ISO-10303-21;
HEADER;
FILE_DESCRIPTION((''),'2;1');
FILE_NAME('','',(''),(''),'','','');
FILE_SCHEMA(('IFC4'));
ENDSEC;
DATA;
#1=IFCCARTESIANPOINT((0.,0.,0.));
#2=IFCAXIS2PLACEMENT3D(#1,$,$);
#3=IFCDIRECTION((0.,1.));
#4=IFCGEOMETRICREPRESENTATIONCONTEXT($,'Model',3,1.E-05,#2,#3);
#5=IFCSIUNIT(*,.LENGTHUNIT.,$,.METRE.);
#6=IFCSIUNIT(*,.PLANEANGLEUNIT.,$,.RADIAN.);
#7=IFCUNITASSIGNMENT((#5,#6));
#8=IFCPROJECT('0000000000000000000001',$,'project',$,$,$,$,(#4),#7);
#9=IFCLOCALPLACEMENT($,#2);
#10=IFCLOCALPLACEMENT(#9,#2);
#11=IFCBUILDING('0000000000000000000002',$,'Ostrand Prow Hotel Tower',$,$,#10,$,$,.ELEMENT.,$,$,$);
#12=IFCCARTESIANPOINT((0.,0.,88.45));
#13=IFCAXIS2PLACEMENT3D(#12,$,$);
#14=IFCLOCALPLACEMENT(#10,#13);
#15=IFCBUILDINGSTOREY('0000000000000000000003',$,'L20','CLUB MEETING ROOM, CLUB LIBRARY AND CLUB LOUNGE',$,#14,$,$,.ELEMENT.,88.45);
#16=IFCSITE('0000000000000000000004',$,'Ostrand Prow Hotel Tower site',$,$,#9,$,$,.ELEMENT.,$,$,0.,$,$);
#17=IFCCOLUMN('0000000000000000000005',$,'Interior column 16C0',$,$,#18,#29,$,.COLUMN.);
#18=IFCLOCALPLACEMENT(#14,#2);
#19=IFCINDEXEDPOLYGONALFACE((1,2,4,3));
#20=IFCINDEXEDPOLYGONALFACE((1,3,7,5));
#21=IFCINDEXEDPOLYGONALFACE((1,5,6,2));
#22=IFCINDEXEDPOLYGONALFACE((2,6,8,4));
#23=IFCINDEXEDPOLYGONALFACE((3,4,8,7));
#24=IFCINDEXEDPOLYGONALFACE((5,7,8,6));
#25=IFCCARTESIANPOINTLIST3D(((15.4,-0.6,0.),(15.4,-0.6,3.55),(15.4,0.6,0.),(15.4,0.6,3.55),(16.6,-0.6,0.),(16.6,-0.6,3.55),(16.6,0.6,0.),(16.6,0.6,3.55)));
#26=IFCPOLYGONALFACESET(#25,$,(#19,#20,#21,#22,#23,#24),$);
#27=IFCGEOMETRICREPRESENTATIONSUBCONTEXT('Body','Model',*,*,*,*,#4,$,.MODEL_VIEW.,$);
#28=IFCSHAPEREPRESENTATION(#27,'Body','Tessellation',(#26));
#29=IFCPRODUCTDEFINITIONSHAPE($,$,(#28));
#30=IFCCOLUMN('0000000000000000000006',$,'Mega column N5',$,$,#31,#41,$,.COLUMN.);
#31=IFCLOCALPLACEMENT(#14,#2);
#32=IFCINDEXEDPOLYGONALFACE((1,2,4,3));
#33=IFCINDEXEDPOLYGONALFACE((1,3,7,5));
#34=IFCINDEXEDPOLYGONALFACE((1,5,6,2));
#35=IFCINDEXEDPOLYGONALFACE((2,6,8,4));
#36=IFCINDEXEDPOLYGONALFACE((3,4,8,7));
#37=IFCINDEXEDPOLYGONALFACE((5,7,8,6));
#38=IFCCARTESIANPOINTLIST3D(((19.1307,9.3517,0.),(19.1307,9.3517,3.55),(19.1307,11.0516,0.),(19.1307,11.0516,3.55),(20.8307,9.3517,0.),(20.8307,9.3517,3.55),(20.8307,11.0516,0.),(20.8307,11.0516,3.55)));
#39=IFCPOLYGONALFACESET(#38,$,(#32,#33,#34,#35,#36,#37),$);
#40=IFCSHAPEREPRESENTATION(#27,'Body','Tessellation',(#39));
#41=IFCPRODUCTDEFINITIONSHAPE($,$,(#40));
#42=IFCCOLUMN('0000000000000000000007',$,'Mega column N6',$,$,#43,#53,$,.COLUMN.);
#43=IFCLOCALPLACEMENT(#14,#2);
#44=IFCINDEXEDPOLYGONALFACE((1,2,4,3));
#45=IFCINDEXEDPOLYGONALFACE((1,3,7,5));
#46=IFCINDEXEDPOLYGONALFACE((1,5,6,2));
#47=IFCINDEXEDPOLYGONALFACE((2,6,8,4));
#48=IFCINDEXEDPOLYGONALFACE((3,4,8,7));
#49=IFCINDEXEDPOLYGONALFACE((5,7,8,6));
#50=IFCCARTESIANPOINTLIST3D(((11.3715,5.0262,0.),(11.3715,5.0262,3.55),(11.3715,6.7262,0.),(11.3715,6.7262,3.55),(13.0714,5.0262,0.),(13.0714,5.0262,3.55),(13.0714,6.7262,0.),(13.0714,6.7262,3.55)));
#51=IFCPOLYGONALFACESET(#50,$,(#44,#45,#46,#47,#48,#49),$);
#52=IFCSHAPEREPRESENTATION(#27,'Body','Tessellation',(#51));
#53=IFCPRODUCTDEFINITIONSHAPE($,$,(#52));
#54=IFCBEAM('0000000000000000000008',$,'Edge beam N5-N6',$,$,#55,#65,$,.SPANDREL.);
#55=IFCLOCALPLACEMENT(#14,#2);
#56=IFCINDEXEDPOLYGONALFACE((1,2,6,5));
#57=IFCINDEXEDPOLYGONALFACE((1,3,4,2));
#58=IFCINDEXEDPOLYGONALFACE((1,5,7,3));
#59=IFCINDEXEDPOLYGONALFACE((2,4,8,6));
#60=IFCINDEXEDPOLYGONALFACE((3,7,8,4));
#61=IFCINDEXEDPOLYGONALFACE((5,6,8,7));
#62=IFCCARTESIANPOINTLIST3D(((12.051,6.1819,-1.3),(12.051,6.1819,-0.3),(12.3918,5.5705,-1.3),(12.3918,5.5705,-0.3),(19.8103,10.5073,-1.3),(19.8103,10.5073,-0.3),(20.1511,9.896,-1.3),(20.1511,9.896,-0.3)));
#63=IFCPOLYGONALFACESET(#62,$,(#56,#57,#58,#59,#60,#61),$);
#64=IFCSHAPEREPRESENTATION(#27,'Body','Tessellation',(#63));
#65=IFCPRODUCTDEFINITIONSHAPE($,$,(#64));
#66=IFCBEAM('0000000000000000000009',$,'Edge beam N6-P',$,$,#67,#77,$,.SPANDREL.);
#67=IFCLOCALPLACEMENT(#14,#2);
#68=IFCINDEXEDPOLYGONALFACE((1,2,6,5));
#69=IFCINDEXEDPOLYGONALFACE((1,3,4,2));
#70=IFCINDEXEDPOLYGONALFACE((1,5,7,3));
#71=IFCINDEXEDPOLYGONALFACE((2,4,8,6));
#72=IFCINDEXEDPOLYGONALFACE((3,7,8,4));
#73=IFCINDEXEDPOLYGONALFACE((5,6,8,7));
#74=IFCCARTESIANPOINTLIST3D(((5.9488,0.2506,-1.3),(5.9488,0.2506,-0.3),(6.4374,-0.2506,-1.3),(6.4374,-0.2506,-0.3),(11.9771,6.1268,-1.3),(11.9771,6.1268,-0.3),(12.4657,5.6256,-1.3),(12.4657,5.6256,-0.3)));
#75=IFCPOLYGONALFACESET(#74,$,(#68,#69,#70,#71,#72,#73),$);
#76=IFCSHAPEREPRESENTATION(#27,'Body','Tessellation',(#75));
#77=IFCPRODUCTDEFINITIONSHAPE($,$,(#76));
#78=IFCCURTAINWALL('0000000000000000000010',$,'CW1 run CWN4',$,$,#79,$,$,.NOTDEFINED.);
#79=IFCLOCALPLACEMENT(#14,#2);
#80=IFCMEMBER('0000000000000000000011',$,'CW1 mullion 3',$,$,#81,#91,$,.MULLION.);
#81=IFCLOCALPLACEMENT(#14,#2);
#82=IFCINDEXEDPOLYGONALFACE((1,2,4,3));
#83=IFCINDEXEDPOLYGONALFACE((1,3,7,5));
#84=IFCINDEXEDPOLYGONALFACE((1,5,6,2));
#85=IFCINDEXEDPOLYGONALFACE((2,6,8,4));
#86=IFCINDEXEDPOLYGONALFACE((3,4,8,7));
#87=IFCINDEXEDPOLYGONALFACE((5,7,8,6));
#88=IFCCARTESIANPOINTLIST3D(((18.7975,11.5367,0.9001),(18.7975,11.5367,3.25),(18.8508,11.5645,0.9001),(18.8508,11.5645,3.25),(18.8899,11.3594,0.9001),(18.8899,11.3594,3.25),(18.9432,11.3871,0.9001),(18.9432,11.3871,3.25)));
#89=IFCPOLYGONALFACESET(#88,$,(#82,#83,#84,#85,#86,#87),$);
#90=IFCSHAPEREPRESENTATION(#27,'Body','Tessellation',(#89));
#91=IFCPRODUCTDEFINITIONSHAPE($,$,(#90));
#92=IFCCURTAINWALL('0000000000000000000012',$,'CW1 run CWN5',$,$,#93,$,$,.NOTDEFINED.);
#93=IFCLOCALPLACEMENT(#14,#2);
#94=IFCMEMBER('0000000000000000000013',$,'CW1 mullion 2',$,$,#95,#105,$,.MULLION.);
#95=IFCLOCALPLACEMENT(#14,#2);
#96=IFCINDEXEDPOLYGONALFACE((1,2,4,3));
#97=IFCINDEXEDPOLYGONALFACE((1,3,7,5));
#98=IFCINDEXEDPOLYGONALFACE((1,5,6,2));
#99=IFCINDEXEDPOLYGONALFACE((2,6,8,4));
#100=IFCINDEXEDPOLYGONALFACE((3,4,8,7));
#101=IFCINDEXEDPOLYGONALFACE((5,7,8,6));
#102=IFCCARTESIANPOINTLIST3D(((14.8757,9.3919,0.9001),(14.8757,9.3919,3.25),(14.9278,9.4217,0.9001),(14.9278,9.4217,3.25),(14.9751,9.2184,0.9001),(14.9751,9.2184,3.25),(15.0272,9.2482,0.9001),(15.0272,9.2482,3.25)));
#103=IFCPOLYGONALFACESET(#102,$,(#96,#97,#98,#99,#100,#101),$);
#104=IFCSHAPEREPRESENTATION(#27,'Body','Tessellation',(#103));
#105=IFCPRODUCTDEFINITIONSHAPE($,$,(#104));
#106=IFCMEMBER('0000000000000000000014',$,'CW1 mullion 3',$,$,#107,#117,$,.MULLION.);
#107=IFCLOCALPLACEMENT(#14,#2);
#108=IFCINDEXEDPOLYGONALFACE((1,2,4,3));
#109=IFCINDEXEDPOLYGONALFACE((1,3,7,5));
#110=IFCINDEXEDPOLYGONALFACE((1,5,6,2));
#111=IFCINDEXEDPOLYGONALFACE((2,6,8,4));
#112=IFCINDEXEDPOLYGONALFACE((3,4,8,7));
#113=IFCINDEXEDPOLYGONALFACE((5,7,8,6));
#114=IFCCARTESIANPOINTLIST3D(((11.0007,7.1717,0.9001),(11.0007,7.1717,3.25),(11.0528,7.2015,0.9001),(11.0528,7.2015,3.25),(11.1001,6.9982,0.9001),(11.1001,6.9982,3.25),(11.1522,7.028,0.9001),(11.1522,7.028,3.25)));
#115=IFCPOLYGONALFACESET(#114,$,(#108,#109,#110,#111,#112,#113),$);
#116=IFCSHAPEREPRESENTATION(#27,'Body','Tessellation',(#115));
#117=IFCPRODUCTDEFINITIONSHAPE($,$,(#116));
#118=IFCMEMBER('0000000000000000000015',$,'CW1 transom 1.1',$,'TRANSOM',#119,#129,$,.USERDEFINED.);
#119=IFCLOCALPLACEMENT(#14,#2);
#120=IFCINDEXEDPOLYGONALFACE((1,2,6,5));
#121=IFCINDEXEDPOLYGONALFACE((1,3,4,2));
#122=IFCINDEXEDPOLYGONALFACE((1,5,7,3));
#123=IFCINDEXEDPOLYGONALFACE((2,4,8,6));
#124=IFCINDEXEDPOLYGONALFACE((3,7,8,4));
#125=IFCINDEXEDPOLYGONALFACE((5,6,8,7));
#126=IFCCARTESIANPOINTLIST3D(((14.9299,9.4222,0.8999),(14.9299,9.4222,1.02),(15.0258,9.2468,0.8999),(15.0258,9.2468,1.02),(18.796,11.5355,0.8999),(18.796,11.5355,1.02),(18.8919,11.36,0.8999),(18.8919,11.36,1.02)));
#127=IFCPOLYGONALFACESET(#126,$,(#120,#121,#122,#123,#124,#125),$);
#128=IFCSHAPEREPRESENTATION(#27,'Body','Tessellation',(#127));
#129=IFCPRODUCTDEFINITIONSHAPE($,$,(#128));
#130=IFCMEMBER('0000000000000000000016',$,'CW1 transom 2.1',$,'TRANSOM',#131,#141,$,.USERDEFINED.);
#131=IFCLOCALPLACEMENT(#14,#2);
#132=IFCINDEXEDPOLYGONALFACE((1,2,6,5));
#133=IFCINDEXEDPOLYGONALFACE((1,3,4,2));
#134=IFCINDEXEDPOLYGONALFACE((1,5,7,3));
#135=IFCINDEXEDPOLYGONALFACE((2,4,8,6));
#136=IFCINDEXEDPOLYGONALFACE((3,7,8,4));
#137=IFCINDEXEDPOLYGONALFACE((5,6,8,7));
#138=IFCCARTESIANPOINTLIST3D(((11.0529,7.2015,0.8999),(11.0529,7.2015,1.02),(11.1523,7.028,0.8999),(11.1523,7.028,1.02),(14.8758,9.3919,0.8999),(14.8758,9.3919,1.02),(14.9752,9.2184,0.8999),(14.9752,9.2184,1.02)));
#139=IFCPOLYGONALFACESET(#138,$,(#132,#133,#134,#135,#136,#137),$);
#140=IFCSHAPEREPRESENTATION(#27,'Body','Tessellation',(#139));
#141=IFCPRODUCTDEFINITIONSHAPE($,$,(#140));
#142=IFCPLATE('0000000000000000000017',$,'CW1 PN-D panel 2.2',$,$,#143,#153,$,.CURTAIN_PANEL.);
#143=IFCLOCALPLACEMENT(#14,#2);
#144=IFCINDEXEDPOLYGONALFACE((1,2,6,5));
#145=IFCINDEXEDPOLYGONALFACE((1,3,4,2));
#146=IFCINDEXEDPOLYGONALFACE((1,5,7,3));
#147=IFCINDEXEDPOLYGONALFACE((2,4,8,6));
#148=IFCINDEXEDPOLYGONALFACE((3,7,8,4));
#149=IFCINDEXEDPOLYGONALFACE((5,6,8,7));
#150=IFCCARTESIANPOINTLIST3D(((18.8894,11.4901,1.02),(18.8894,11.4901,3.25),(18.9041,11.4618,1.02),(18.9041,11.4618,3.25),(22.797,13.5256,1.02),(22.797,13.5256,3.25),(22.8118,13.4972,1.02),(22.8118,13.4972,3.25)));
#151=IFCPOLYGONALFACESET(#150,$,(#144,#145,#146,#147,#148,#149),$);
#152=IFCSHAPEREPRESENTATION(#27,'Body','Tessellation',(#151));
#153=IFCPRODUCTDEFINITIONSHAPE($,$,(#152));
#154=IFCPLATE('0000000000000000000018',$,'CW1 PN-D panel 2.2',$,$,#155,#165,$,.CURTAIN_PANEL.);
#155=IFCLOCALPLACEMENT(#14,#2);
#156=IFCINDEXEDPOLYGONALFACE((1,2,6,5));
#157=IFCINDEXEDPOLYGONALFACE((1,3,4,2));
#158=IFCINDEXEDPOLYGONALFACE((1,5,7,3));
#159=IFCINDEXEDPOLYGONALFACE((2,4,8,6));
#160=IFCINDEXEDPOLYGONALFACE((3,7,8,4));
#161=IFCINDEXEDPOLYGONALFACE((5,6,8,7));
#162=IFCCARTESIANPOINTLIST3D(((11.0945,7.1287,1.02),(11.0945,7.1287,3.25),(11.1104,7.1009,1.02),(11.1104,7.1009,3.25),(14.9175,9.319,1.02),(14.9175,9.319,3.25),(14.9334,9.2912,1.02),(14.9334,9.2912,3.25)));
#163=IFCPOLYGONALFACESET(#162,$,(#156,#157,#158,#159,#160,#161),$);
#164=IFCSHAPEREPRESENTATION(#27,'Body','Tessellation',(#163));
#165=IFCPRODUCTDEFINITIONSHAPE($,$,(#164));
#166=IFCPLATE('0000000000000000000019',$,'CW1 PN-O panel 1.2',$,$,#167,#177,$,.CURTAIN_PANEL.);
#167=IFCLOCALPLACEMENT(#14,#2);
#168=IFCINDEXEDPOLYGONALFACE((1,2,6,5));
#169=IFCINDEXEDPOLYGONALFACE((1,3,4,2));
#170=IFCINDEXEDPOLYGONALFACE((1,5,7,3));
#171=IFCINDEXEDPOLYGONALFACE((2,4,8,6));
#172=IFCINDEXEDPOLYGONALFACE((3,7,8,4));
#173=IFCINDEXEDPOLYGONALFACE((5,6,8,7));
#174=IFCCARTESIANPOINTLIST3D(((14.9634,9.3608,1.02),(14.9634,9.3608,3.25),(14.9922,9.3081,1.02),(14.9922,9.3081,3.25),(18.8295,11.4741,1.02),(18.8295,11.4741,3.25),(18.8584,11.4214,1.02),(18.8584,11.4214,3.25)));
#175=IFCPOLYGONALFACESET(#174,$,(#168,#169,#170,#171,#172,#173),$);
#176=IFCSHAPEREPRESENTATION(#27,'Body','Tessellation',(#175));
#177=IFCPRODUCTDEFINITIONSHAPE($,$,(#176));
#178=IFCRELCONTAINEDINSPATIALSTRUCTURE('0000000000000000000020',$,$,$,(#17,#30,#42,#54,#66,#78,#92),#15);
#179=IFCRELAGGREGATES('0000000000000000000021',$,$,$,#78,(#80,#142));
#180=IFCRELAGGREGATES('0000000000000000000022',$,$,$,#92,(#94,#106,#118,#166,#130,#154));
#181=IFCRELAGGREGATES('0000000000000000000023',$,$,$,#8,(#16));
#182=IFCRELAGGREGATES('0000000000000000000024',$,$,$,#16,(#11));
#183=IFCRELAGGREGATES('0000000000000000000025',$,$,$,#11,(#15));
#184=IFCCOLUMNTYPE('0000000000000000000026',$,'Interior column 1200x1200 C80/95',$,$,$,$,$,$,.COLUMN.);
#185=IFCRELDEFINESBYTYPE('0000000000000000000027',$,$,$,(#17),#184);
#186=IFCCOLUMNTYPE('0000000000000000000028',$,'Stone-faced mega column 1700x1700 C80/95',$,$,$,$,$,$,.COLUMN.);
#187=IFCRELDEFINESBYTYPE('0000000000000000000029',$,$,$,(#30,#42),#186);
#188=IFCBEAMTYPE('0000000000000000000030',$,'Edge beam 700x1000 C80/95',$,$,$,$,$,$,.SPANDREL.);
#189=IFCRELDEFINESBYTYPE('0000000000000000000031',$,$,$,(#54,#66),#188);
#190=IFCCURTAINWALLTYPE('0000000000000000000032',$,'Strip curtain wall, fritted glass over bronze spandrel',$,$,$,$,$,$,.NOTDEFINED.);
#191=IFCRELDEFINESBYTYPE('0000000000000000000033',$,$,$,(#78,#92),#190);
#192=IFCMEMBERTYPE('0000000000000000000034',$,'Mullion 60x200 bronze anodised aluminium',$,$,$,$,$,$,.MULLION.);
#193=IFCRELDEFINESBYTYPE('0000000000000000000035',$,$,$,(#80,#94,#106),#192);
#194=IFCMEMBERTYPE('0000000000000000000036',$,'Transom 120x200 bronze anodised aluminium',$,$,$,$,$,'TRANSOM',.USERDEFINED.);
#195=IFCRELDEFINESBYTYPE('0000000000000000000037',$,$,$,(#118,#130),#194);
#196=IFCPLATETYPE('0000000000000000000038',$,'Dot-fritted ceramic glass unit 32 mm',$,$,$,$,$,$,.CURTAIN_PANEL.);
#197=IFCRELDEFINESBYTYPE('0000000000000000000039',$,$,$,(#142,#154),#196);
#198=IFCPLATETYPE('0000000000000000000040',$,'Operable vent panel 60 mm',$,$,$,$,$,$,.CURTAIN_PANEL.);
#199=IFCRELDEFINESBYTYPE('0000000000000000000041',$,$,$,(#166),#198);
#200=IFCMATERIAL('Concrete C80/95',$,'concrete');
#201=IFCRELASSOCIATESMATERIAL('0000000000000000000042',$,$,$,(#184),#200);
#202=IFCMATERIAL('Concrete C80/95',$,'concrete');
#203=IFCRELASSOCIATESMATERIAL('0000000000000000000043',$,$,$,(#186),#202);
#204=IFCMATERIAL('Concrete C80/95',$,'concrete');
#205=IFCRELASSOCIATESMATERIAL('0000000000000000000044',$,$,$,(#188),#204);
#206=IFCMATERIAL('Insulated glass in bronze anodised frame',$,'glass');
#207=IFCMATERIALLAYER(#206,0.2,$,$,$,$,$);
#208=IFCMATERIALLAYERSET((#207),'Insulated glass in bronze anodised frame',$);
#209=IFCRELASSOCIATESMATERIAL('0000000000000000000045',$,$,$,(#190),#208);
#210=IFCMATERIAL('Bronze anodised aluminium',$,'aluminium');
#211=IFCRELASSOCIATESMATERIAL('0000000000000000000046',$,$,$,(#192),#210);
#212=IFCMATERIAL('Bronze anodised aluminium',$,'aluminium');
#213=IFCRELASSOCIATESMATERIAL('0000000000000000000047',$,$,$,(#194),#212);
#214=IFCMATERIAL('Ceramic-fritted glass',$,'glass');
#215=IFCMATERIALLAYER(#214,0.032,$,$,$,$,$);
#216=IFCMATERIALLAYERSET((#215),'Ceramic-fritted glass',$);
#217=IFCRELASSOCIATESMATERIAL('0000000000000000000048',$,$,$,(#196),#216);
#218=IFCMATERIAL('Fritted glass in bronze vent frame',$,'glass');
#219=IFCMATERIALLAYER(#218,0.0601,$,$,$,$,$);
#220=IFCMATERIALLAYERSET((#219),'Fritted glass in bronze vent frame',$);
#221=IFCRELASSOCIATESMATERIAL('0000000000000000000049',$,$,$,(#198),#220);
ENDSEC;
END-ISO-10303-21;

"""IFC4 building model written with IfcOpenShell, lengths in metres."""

from ifc_helpers import new_model, si_unit, direction, frame, origin, origin_2d, place, context, subcontext, project, spatial, rectangle, extrude, material, layer, layer_set, material_profile, profile_set, type_object, element, aggregate, save


model = new_model("IFC4")

# Units and contexts
model_context = context("Model", 3, precision=1e-05, world=origin(), true_north=direction((0.0, 1.0)))
body_context = subcontext(model_context, "Body", "Model", "MODEL_VIEW")
ifc_project = project(units=[si_unit("LENGTHUNIT", "METRE"), si_unit("PLANEANGLEUNIT", "RADIAN")], contexts=[model_context])

# Site, building, storey
site_placement = place(None, origin())
site = spatial("IfcSite", under=ifc_project, at=site_placement, Name="Ostrand Prow Hotel Tower site", CompositionType="ELEMENT", RefElevation=0.0)
building_placement = place(site_placement, origin())
building = spatial("IfcBuilding", under=site, at=building_placement, Name="Ostrand Prow Hotel Tower", CompositionType="ELEMENT")
storey_placement = place(building_placement, frame((0.0, 0.0, 88.45)))
storey = spatial("IfcBuildingStorey", under=building, at=storey_placement, Name="L20", Description="CLUB MEETING ROOM, CLUB LIBRARY AND CLUB LOUNGE", CompositionType="ELEMENT", Elevation=88.45)

# Columns
ifc_material_1 = material(Name="Concrete C80/95", Category="concrete")
ifc_material_profile_1 = material_profile(ifc_material_1, rectangle(XDim=1.2, YDim=1.2, at=origin_2d()), Name="RC 1200x1200")
ifc_profile_set_1 = profile_set([ifc_material_profile_1], Name="Concrete C80/95")
column_type_1 = type_object("IfcColumnType", Name="Interior column 1200x1200 C80/95", PredefinedType="COLUMN", material=ifc_profile_set_1)
column_placement = place(storey_placement, frame((16.0, 0.0, 0.0), z_axis=(0.0, 0.0, 1.0), x_axis=(1.0, 0.0, 0.0)))
element("IfcColumn", 1, at=column_placement, inside=storey, type_object=column_type_1, Name="Interior column 16C0", PredefinedType="COLUMN", context=body_context, shape_type="SweptSolid", body=[
    extrude(rectangle(XDim=1.2, YDim=1.2, at=origin_2d()), origin(), (0.0, 0.0, 1.0), 3.55),
])
ifc_material_2 = material(Name="Concrete C80/95", Category="concrete")
ifc_material_profile_2 = material_profile(ifc_material_2, rectangle(XDim=1.7, YDim=1.7, at=origin_2d()), Name="RC 1700x1700")
ifc_profile_set_2 = profile_set([ifc_material_profile_2], Name="Concrete C80/95")
column_type_2 = type_object("IfcColumnType", Name="Stone-faced mega column 1700x1700 C80/95", PredefinedType="COLUMN", material=ifc_profile_set_2)
for number, where, z_axis, x_axis, name in (
    (2, (19.9807, 10.2017, 0.0), (0.0, 0.0, 1.0), (1.0, 0.0, 0.0), "Mega column N5"),
    (3, (12.2214, 5.8762, 0.0), (0.0, 0.0, 1.0), (1.0, 0.0, 0.0), "Mega column N6"),
):
    element("IfcColumn", number, at=place(storey_placement, frame(where, z_axis=z_axis, x_axis=x_axis)), inside=storey, type_object=column_type_2, Name=name, PredefinedType="COLUMN", context=body_context, shape_type="SweptSolid", body=[
        extrude(rectangle(XDim=1.7, YDim=1.7, at=origin_2d()), origin(), (0.0, 0.0, 1.0), 3.55),
    ])

# Beams
ifc_material_3 = material(Name="Concrete C80/95", Category="concrete")
ifc_material_profile_3 = material_profile(ifc_material_3, rectangle(XDim=0.7, YDim=1.0, at=origin_2d()), Name="RC 700x1000")
ifc_profile_set_3 = profile_set([ifc_material_profile_3], Name="Concrete C80/95")
beam_type = type_object("IfcBeamType", Name="Edge beam 700x1000 C80/95", PredefinedType="SPANDREL", material=ifc_profile_set_3)
beam_1_placement = place(storey_placement, frame((19.9807, 10.2017, -0.8), z_axis=(-0.873452, -0.486909, 0.0), x_axis=(0.486909, -0.873452, 0.0)))
element("IfcBeam", 4, at=beam_1_placement, inside=storey, type_object=beam_type, Name="Edge beam N5-N6", PredefinedType="SPANDREL", context=body_context, shape_type="SweptSolid", body=[
    extrude(rectangle(XDim=0.7, YDim=1.0, at=origin_2d()), origin(), (0.0, 0.0, 1.0), 8.8835),
])
beam_2_placement = place(storey_placement, frame((12.2214, 5.8762, -0.8), z_axis=(-0.716083, -0.698015, 0.0), x_axis=(0.698015, -0.716083, 0.0)))
element("IfcBeam", 5, at=beam_2_placement, inside=storey, type_object=beam_type, Name="Edge beam N6-P", PredefinedType="SPANDREL", context=body_context, shape_type="SweptSolid", body=[
    extrude(rectangle(XDim=0.7, YDim=1.0, at=origin_2d()), origin(), (0.0, 0.0, 1.0), 8.4185),
])

# Curtain wall, member
ifc_material_4 = material(Name="Insulated glass in bronze anodised frame", Category="glass")
ifc_layer_1 = layer(ifc_material_4, 0.2)
ifc_layer_set_1 = layer_set([ifc_layer_1], Name="Insulated glass in bronze anodised frame")
curtain_wall_type = type_object("IfcCurtainWallType", Name="Strip curtain wall, fritted glass over bronze spandrel", PredefinedType="NOTDEFINED", material=ifc_layer_set_1)
curtain_wall_1_placement = place(storey_placement, origin())
curtain_wall_1 = element("IfcCurtainWall", 6, at=curtain_wall_1_placement, inside=storey, type_object=curtain_wall_type, Name="CW1 run CWN4", PredefinedType="NOTDEFINED")
ifc_material_5 = material(Name="Bronze anodised aluminium", Category="aluminium")
ifc_material_profile_4 = material_profile(ifc_material_5, rectangle(XDim=0.2, YDim=0.0601, at=origin_2d()), Name="Mullion 60x200 bronze anodised aluminium")
ifc_profile_set_4 = profile_set([ifc_material_profile_4], Name="Bronze anodised aluminium")
member_type_1 = type_object("IfcMemberType", Name="Mullion 60x200 bronze anodised aluminium", PredefinedType="MULLION", material=ifc_profile_set_4)
member_1_placement = place(storey_placement, frame((18.8704, 11.4619, 0.9001), z_axis=(0.0, 0.0, 1.0), x_axis=(0.461968, -0.886896, 0.0)))
member_1 = element("IfcMember", 7, at=member_1_placement, type_object=member_type_1, Name="CW1 mullion 3", PredefinedType="MULLION", context=body_context, shape_type="SweptSolid", body=[
    extrude(rectangle(XDim=0.2, YDim=0.0601, at=origin_2d()), origin(), (0.0, 0.0, 1.0), 2.3499),
])

# Curtain wall, members
curtain_wall_2_placement = place(storey_placement, origin())
curtain_wall_2 = element("IfcCurtainWall", 8, at=curtain_wall_2_placement, inside=storey, type_object=curtain_wall_type, Name="CW1 run CWN5", PredefinedType="NOTDEFINED")
member_2_placement = place(storey_placement, frame((14.9514, 9.3201, 0.9001), z_axis=(0.0, 0.0, 1.0), x_axis=(0.497115, -0.867685, 0.0)))
member_2 = element("IfcMember", 9, at=member_2_placement, type_object=member_type_1, Name="CW1 mullion 2", PredefinedType="MULLION", context=body_context, shape_type="SweptSolid", body=[
    extrude(rectangle(XDim=0.2, YDim=0.0601, at=origin_2d()), origin(), (0.0, 0.0, 1.0), 2.3499),
])
member_3_placement = place(storey_placement, frame((11.0764, 7.0999, 0.9001), z_axis=(0.0, 0.0, 1.0), x_axis=(0.497115, -0.867685, 0.0)))
member_3 = element("IfcMember", 10, at=member_3_placement, type_object=member_type_1, Name="CW1 mullion 3", PredefinedType="MULLION", context=body_context, shape_type="SweptSolid", body=[
    extrude(rectangle(XDim=0.2, YDim=0.0601, at=origin_2d()), origin(), (0.0, 0.0, 1.0), 2.3499),
])
ifc_material_6 = material(Name="Bronze anodised aluminium", Category="aluminium")
ifc_material_profile_5 = material_profile(ifc_material_6, rectangle(XDim=0.2, YDim=0.1201, at=origin_2d()), Name="Transom 120x200 bronze anodised aluminium")
ifc_profile_set_5 = profile_set([ifc_material_profile_5], Name="Bronze anodised aluminium")
member_type_2 = type_object("IfcMemberType", Name="Transom 120x200 bronze anodised aluminium", ElementType="TRANSOM", PredefinedType="USERDEFINED", material=ifc_profile_set_5)
member_4_placement = place(storey_placement, frame((18.844, 11.4478, 0.96), z_axis=(-0.877472, -0.479628, 0.0), x_axis=(0.479628, -0.877472, 0.0)))
member_4 = element("IfcMember", 11, at=member_4_placement, type_object=member_type_2, Name="CW1 transom 1.1", ObjectType="TRANSOM", PredefinedType="USERDEFINED", context=body_context, shape_type="SweptSolid", body=[
    extrude(rectangle(XDim=0.2, YDim=0.1201, at=origin_2d()), origin(), (0.0, 0.0, 1.0), 4.406),
])
member_5_placement = place(storey_placement, frame((14.9255, 9.3052, 0.96), z_axis=(-0.86767, -0.497141, 0.0), x_axis=(0.497141, -0.86767, 0.0)))
member_5 = element("IfcMember", 12, at=member_5_placement, type_object=member_type_2, Name="CW1 transom 2.1", ObjectType="TRANSOM", PredefinedType="USERDEFINED", context=body_context, shape_type="SweptSolid", body=[
    extrude(rectangle(XDim=0.2, YDim=0.1201, at=origin_2d()), origin(), (0.0, 0.0, 1.0), 4.406),
])

# Plates
ifc_material_7 = material(Name="Ceramic-fritted glass", Category="glass")
ifc_layer_2 = layer(ifc_material_7, 0.032)
ifc_layer_set_2 = layer_set([ifc_layer_2], Name="Ceramic-fritted glass")
plate_type_1 = type_object("IfcPlateType", Name="Dot-fritted ceramic glass unit 32 mm", PredefinedType="CURTAIN_PANEL", material=ifc_layer_set_2)
plate_1_placement = place(storey_placement, frame((20.8506, 12.4937, 1.02), z_axis=(0.0, 0.0, 1.0), x_axis=(-0.886896, -0.461968, 0.0)))
plate_1 = element("IfcPlate", 13, at=plate_1_placement, type_object=plate_type_1, Name="CW1 PN-D panel 2.2", PredefinedType="CURTAIN_PANEL", context=body_context, shape_type="SweptSolid", body=[
    extrude(rectangle(XDim=4.406, YDim=0.032, at=origin_2d()), origin(), (0.0, 0.0, 1.0), 2.23),
])
aggregate(curtain_wall_1, [member_1, plate_1])
plate_2_placement = place(storey_placement, frame((13.0139, 8.21, 1.02), z_axis=(0.0, 0.0, 1.0), x_axis=(-0.867685, -0.497115, 0.0)))
plate_2 = element("IfcPlate", 14, at=plate_2_placement, type_object=plate_type_1, Name="CW1 PN-D panel 2.2", PredefinedType="CURTAIN_PANEL", context=body_context, shape_type="SweptSolid", body=[
    extrude(rectangle(XDim=4.406, YDim=0.032, at=origin_2d()), origin(), (0.0, 0.0, 1.0), 2.23),
])
ifc_material_8 = material(Name="Fritted glass in bronze vent frame", Category="glass")
ifc_layer_3 = layer(ifc_material_8, 0.0601)
ifc_layer_set_3 = layer_set([ifc_layer_3], Name="Fritted glass in bronze vent frame")
plate_type_2 = type_object("IfcPlateType", Name="Operable vent panel 60 mm", PredefinedType="CURTAIN_PANEL", material=ifc_layer_set_3)
plate_3_placement = place(storey_placement, frame((16.9109, 10.3911, 1.02), z_axis=(0.0, 0.0, 1.0), x_axis=(-0.877467, -0.479637, 0.0)))
plate_3 = element("IfcPlate", 15, at=plate_3_placement, type_object=plate_type_2, Name="CW1 PN-O panel 1.2", PredefinedType="CURTAIN_PANEL", context=body_context, shape_type="SweptSolid", body=[
    extrude(rectangle(XDim=4.406, YDim=0.0601, at=origin_2d()), origin(), (0.0, 0.0, 1.0), 2.23),
])
aggregate(curtain_wall_2, [member_2, member_3, member_4, plate_3, member_5, plate_2])

save(model, "model.ifc")
